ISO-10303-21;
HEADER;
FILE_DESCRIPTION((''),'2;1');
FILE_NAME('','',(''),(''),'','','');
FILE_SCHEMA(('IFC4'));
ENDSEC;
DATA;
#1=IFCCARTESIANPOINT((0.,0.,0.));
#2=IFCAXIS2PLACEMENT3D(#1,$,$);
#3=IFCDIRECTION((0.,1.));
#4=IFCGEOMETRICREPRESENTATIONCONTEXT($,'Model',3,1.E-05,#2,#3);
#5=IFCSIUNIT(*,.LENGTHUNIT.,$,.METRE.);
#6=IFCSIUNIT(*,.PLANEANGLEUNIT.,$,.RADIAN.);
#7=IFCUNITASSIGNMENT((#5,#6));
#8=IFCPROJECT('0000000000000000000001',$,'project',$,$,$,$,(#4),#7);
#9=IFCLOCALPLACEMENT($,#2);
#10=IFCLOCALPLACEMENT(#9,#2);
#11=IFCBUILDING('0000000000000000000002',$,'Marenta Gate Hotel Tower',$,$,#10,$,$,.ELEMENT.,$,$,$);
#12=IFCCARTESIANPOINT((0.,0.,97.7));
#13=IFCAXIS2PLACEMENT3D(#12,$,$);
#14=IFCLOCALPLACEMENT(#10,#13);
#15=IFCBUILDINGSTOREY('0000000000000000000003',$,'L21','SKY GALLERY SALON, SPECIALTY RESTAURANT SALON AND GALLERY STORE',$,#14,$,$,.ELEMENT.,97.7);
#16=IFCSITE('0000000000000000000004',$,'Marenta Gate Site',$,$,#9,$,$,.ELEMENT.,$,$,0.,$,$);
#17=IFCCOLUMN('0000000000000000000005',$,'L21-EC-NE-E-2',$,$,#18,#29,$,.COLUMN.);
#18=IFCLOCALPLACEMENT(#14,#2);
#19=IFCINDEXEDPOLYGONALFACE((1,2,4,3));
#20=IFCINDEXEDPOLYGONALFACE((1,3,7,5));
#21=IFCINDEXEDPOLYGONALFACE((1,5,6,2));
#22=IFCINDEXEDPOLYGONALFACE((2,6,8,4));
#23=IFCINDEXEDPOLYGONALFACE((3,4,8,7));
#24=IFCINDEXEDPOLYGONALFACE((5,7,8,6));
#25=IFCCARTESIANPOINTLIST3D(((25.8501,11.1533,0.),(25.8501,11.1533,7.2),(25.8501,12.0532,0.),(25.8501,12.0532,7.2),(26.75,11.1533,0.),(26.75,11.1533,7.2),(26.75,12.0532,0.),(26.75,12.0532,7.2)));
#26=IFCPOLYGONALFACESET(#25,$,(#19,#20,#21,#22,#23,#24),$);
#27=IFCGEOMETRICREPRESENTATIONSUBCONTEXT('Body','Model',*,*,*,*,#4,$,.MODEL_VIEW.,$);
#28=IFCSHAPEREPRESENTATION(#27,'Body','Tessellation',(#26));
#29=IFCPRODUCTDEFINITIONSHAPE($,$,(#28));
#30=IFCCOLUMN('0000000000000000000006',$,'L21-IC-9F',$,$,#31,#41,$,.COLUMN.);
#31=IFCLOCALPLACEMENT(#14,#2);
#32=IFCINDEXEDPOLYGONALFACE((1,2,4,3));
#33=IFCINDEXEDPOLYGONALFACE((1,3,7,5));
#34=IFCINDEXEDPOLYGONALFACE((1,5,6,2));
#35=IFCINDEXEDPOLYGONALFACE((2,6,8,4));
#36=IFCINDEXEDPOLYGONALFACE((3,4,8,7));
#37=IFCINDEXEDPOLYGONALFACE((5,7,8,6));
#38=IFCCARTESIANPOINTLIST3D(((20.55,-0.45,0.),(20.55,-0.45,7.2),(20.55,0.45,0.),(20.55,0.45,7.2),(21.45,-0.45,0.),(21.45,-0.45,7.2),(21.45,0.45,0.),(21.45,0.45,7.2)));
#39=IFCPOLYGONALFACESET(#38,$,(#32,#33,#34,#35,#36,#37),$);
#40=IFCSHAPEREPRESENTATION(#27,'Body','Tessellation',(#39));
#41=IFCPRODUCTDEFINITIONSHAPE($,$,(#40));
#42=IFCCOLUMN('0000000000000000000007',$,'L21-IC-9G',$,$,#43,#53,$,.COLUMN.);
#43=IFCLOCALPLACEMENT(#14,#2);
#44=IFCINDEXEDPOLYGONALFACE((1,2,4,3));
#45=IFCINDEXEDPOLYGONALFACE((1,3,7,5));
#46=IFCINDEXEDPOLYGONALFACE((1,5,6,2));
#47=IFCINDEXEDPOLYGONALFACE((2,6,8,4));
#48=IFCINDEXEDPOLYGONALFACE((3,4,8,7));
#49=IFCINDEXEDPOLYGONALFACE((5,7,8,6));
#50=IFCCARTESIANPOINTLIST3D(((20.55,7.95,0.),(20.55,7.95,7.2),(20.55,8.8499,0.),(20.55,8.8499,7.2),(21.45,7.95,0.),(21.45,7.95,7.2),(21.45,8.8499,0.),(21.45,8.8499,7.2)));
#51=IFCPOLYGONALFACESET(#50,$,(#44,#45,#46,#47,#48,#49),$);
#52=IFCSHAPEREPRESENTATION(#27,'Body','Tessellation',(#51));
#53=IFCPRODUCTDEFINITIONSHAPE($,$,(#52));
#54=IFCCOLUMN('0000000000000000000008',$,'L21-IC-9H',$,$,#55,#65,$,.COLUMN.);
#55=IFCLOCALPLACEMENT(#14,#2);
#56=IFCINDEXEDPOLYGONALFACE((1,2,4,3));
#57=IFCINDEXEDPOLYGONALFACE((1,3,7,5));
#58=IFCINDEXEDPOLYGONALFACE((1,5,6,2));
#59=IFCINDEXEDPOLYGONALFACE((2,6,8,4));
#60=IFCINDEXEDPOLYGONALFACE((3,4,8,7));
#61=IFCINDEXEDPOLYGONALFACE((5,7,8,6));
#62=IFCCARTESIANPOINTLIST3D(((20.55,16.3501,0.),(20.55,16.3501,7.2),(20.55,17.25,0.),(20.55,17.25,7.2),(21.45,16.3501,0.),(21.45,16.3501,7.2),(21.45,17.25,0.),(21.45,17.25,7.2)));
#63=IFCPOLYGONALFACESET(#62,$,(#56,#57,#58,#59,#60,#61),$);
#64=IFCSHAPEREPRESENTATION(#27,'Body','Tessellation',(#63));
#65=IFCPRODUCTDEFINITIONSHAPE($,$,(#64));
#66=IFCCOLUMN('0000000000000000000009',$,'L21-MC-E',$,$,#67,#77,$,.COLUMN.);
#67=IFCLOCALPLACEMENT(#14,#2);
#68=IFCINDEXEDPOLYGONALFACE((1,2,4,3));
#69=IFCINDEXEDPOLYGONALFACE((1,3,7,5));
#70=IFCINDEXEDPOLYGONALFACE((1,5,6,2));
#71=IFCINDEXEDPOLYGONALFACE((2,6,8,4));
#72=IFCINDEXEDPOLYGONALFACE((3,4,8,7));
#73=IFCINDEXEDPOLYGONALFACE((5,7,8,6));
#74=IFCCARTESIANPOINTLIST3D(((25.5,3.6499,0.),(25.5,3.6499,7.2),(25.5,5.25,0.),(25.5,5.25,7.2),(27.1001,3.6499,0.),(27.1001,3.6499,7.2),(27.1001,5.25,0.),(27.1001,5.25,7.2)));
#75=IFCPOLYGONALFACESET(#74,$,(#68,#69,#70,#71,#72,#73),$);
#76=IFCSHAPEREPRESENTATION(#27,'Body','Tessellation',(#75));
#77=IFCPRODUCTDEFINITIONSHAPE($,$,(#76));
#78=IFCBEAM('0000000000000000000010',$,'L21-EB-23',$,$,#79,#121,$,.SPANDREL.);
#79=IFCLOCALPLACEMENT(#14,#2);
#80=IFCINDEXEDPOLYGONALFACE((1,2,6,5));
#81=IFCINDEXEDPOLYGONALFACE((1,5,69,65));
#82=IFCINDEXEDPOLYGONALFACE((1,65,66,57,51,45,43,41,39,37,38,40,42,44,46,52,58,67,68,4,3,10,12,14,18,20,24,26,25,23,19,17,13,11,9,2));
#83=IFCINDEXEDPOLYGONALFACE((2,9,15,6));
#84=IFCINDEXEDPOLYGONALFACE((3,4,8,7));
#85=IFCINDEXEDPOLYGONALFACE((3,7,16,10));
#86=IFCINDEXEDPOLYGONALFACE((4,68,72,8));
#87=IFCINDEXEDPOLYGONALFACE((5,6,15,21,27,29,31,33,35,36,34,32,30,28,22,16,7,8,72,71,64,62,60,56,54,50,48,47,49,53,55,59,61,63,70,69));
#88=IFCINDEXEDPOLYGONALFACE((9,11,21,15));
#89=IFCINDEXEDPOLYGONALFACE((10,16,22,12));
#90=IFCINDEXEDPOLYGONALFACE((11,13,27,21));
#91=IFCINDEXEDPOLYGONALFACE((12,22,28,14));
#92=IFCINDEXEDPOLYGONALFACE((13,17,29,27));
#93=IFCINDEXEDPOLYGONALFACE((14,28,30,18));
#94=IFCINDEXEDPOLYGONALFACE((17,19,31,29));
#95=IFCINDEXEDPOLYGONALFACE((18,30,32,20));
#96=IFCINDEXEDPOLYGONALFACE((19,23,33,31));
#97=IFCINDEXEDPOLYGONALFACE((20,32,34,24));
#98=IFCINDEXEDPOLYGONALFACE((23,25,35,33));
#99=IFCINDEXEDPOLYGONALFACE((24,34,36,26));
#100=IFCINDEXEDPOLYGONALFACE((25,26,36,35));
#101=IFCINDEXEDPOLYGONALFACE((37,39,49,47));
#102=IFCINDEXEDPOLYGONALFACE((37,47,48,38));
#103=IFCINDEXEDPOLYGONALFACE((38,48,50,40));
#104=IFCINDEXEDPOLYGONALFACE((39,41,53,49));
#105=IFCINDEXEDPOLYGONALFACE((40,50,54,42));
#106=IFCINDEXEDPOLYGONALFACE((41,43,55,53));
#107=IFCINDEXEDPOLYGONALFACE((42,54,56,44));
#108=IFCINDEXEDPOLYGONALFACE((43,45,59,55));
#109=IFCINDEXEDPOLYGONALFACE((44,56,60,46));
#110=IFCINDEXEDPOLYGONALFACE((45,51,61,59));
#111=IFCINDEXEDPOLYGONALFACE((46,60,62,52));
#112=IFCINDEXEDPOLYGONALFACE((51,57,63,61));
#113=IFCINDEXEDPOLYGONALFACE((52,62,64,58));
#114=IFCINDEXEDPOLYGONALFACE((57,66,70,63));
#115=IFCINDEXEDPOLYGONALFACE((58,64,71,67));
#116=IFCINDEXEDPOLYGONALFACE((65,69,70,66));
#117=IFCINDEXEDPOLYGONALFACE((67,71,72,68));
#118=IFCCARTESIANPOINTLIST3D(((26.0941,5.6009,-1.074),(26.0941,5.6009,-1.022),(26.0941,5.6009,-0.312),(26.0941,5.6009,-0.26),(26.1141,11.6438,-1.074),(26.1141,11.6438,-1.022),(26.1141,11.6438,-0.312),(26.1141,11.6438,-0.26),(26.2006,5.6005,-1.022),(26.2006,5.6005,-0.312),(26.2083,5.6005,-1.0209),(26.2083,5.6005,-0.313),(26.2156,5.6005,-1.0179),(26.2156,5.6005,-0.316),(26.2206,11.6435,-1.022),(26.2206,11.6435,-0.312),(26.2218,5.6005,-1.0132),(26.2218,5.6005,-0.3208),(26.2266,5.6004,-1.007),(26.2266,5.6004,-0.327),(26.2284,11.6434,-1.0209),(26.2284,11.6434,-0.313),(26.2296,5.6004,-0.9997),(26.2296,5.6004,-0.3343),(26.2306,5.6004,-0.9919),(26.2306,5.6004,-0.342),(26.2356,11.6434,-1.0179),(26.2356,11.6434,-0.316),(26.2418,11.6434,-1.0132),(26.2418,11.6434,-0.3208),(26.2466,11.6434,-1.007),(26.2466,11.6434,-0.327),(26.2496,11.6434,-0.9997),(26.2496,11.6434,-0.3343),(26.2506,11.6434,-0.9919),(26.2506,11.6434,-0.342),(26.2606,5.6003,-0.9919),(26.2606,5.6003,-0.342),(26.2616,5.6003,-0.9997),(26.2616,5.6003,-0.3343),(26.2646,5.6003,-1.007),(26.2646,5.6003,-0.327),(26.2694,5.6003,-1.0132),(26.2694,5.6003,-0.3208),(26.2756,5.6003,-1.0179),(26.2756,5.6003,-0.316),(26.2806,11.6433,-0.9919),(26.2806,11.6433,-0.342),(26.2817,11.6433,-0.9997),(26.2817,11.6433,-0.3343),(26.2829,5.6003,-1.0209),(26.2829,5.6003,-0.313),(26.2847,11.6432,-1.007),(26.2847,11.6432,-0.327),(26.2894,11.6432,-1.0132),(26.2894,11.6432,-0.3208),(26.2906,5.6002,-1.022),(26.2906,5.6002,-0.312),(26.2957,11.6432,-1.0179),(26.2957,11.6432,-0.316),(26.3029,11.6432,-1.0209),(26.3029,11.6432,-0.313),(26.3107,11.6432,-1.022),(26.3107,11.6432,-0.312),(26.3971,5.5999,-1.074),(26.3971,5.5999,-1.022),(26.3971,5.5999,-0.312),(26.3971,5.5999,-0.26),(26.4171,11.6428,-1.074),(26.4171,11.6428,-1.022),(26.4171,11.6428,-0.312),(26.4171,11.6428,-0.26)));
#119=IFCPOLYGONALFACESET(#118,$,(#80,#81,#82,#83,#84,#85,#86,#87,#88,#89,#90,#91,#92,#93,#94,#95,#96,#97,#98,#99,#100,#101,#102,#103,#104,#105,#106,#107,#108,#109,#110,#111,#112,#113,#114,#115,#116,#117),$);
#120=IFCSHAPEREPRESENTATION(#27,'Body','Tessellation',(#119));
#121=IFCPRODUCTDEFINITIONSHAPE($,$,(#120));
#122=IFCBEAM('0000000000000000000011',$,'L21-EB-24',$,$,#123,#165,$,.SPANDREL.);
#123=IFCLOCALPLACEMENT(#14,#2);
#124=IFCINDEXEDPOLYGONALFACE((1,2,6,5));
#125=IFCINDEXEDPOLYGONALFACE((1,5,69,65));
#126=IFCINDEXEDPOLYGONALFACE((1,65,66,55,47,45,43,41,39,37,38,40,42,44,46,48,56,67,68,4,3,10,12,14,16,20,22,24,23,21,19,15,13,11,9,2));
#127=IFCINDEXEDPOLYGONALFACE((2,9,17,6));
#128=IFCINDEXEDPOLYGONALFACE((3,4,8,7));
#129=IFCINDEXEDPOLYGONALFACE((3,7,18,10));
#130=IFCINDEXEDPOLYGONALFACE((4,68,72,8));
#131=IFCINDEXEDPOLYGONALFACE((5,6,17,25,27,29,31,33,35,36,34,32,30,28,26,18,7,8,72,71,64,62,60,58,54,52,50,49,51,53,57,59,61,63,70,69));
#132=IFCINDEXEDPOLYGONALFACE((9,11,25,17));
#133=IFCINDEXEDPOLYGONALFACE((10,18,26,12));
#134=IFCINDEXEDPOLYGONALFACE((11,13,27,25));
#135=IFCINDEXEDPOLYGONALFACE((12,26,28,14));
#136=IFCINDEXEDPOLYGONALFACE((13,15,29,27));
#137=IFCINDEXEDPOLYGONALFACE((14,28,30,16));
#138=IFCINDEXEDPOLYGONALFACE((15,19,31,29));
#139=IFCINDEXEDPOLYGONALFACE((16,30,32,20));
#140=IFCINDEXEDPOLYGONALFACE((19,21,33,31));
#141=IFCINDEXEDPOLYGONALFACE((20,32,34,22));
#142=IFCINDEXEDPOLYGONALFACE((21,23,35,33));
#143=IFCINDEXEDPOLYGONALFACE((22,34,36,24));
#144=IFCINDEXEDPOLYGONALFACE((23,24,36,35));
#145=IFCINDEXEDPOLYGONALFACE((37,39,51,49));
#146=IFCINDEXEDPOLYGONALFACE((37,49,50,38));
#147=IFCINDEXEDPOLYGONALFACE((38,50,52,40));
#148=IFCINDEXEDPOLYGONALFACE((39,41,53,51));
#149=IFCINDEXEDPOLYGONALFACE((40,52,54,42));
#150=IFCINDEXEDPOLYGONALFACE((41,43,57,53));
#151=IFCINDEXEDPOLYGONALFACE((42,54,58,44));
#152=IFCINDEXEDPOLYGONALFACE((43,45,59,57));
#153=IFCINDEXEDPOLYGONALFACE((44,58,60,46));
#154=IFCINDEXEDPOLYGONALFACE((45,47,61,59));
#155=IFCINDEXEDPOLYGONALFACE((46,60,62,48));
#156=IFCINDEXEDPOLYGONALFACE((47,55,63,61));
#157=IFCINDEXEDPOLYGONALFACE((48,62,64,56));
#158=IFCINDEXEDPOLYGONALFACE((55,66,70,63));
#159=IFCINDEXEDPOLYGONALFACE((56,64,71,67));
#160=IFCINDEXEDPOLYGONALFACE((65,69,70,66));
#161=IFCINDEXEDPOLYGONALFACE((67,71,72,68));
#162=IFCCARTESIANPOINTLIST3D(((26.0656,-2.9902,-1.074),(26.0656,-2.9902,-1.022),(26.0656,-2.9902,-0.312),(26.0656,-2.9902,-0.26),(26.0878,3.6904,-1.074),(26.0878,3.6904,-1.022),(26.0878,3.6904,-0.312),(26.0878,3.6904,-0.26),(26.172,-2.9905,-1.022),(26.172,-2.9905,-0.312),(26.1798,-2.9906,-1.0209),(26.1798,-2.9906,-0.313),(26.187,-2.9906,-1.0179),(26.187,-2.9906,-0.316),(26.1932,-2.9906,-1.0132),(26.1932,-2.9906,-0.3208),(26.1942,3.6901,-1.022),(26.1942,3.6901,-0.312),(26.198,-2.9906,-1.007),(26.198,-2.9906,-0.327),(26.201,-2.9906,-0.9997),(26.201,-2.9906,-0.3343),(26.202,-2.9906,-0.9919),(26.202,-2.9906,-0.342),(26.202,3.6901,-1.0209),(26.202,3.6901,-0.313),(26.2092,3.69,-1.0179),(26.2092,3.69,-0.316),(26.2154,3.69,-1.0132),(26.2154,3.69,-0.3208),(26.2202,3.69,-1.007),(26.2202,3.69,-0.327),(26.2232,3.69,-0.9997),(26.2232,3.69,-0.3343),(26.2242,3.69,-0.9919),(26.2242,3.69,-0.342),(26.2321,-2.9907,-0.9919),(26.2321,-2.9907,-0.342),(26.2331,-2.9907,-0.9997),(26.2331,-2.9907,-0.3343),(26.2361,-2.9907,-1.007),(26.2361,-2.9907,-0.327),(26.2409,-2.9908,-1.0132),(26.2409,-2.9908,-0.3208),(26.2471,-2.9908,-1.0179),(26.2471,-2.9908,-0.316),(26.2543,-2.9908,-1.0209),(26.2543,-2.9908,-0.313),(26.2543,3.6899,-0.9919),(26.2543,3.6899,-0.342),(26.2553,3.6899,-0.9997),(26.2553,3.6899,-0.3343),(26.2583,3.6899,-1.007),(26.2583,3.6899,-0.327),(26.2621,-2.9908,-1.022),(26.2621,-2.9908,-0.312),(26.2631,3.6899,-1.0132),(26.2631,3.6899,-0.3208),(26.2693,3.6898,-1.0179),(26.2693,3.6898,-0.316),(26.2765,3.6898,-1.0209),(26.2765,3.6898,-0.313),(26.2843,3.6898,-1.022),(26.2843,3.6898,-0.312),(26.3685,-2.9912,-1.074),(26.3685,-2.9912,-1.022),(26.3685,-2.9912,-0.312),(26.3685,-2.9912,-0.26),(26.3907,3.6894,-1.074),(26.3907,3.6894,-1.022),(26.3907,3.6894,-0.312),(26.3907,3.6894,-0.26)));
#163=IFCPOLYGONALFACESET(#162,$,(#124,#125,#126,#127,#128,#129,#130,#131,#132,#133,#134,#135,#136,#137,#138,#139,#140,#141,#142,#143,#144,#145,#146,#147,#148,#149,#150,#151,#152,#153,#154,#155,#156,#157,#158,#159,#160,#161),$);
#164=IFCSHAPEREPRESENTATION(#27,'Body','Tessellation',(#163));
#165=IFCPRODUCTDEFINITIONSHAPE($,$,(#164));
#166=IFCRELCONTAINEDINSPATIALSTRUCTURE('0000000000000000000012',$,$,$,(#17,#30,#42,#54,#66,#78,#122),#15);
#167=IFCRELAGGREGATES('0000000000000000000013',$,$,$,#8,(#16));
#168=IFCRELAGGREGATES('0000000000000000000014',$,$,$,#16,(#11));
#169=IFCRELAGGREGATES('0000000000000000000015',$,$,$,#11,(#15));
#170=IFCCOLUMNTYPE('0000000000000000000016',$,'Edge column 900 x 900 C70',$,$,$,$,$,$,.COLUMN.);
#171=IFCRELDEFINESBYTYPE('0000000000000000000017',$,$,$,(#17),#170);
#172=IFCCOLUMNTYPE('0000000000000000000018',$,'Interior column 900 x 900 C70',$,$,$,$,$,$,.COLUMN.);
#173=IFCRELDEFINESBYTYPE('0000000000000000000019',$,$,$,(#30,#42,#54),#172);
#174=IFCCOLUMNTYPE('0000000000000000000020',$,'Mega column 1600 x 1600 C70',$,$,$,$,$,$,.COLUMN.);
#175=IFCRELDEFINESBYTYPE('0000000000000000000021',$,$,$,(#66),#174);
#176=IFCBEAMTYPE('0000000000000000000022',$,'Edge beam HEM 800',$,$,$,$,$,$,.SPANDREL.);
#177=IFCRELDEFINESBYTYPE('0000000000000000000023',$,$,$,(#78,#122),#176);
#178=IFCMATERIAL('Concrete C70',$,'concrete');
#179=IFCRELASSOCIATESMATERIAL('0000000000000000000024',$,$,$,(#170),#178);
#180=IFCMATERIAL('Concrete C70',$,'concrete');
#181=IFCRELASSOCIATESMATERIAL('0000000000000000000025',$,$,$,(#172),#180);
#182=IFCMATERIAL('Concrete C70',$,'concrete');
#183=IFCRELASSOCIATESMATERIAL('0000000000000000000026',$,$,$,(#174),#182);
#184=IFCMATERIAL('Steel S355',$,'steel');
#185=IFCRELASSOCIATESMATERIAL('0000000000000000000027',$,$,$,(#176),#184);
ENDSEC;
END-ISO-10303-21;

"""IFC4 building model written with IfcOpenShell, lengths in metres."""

from ifc_helpers import new_model, si_unit, direction, frame, origin, origin_2d, place, context, subcontext, project, spatial, rectangle, i_section, extrude, material, material_profile, profile_set, type_object, element, save


model = new_model("IFC4")

# Units and contexts
model_context = context("Model", 3, precision=1e-05, world=origin(), true_north=direction((0.0, 1.0)))
body_context = subcontext(model_context, "Body", "Model", "MODEL_VIEW")
ifc_project = project(units=[si_unit("LENGTHUNIT", "METRE"), si_unit("PLANEANGLEUNIT", "RADIAN")], contexts=[model_context])

# Site, building, storey
site_placement = place(None, origin())
site = spatial("IfcSite", under=ifc_project, at=site_placement, Name="Marenta Gate Site", CompositionType="ELEMENT", RefElevation=0.0)
building_placement = place(site_placement, origin())
building = spatial("IfcBuilding", under=site, at=building_placement, Name="Marenta Gate Hotel Tower", CompositionType="ELEMENT")
storey_placement = place(building_placement, frame((0.0, 0.0, 97.7)))
storey = spatial("IfcBuildingStorey", under=building, at=storey_placement, Name="L21", Description="SKY GALLERY SALON, SPECIALTY RESTAURANT SALON AND GALLERY STORE", CompositionType="ELEMENT", Elevation=97.7)

# Columns
ifc_material_1 = material(Name="Concrete C70", Category="concrete")
ifc_material_profile_1 = material_profile(ifc_material_1, rectangle(XDim=0.8999, YDim=0.8999, at=origin_2d()), Name="900 x 900")
ifc_profile_set_1 = profile_set([ifc_material_profile_1], Name="Concrete C70")
column_type_1 = type_object("IfcColumnType", Name="Edge column 900 x 900 C70", PredefinedType="COLUMN", material=ifc_profile_set_1)
column_1_placement = place(storey_placement, frame((26.3, 11.6033, 0.0), z_axis=(0.0, 0.0, 1.0), x_axis=(1.0, 0.0, 0.0)))
element("IfcColumn", 1, at=column_1_placement, inside=storey, type_object=column_type_1, Name="L21-EC-NE-E-2", PredefinedType="COLUMN", context=body_context, shape_type="SweptSolid", body=[
    extrude(rectangle(XDim=0.8999, YDim=0.8999, at=origin_2d()), origin(), (0.0, 0.0, 1.0), 7.2),
])
ifc_material_2 = material(Name="Concrete C70", Category="concrete")
ifc_material_profile_2 = material_profile(ifc_material_2, rectangle(XDim=0.8999, YDim=0.8999, at=origin_2d()), Name="900 x 900")
ifc_profile_set_2 = profile_set([ifc_material_profile_2], Name="Concrete C70")
column_type_2 = type_object("IfcColumnType", Name="Interior column 900 x 900 C70", PredefinedType="COLUMN", material=ifc_profile_set_2)
for number, where, z_axis, x_axis, name in (
    (2, (21.0, 0.0, 0.0), (0.0, 0.0, 1.0), (1.0, 0.0, 0.0), "L21-IC-9F"),
    (3, (21.0, 8.3999, 0.0), (0.0, 0.0, 1.0), (1.0, 0.0, 0.0), "L21-IC-9G"),
    (4, (21.0, 16.8, 0.0), (0.0, 0.0, 1.0), (1.0, 0.0, 0.0), "L21-IC-9H"),
):
    element("IfcColumn", number, at=place(storey_placement, frame(where, z_axis=z_axis, x_axis=x_axis)), inside=storey, type_object=column_type_2, Name=name, PredefinedType="COLUMN", context=body_context, shape_type="SweptSolid", body=[
        extrude(rectangle(XDim=0.8999, YDim=0.8999, at=origin_2d()), origin(), (0.0, 0.0, 1.0), 7.2),
    ])
ifc_material_3 = material(Name="Concrete C70", Category="concrete")
ifc_material_profile_3 = material_profile(ifc_material_3, rectangle(XDim=1.6001, YDim=1.6001, at=origin_2d()), Name="1600 x 1600")
ifc_profile_set_3 = profile_set([ifc_material_profile_3], Name="Concrete C70")
column_type_3 = type_object("IfcColumnType", Name="Mega column 1600 x 1600 C70", PredefinedType="COLUMN", material=ifc_profile_set_3)
column_2_placement = place(storey_placement, frame((26.3, 4.45, 0.0), z_axis=(0.0, 0.0, 1.0), x_axis=(1.0, 0.0, 0.0)))
element("IfcColumn", 5, at=column_2_placement, inside=storey, type_object=column_type_3, Name="L21-MC-E", PredefinedType="COLUMN", context=body_context, shape_type="SweptSolid", body=[
    extrude(rectangle(XDim=1.6001, YDim=1.6001, at=origin_2d()), origin(), (0.0, 0.0, 1.0), 7.2),
])

# Beams
ifc_material_4 = material(Name="Steel S355", Category="steel")
ifc_material_profile_4 = material_profile(ifc_material_4, i_section(OverallWidth=0.303, OverallDepth=0.814, WebThickness=0.03, FlangeThickness=0.052, FilletRadius=0.03, at=origin_2d()), Name="HEM 800")
ifc_profile_set_4 = profile_set([ifc_material_profile_4], Name="Steel S355")
beam_type_1 = type_object("IfcBeamType", Name="Edge beam HEM 800", PredefinedType="SPANDREL", material=ifc_profile_set_4)
beam_1_placement = place(storey_placement, frame((26.2656, 11.6433, -0.667), z_axis=(-0.003313, -0.999995, 0.0), x_axis=(0.999995, -0.003313, 0.0)))
element("IfcBeam", 6, at=beam_1_placement, inside=storey, type_object=beam_type_1, Name="L21-EB-23", PredefinedType="SPANDREL", context=body_context, shape_type="SweptSolid", body=[
    extrude(i_section(OverallWidth=0.303, OverallDepth=0.814, WebThickness=0.03, FlangeThickness=0.052, FilletRadius=0.03, at=origin_2d()), origin(), (0.0, 0.0, 1.0), 6.043),
])
beam_2_placement = place(storey_placement, frame((26.2393, 3.6899, -0.667), z_axis=(-0.003326, -0.999994, 0.0), x_axis=(0.999994, -0.003326, 0.0)))
element("IfcBeam", 7, at=beam_2_placement, inside=storey, type_object=beam_type_1, Name="L21-EB-24", PredefinedType="SPANDREL", context=body_context, shape_type="SweptSolid", body=[
    extrude(i_section(OverallWidth=0.303, OverallDepth=0.814, WebThickness=0.03, FlangeThickness=0.052, FilletRadius=0.03, at=origin_2d()), origin(), (0.0, 0.0, 1.0), 6.6807),
])

save(model, "model.ifc")
